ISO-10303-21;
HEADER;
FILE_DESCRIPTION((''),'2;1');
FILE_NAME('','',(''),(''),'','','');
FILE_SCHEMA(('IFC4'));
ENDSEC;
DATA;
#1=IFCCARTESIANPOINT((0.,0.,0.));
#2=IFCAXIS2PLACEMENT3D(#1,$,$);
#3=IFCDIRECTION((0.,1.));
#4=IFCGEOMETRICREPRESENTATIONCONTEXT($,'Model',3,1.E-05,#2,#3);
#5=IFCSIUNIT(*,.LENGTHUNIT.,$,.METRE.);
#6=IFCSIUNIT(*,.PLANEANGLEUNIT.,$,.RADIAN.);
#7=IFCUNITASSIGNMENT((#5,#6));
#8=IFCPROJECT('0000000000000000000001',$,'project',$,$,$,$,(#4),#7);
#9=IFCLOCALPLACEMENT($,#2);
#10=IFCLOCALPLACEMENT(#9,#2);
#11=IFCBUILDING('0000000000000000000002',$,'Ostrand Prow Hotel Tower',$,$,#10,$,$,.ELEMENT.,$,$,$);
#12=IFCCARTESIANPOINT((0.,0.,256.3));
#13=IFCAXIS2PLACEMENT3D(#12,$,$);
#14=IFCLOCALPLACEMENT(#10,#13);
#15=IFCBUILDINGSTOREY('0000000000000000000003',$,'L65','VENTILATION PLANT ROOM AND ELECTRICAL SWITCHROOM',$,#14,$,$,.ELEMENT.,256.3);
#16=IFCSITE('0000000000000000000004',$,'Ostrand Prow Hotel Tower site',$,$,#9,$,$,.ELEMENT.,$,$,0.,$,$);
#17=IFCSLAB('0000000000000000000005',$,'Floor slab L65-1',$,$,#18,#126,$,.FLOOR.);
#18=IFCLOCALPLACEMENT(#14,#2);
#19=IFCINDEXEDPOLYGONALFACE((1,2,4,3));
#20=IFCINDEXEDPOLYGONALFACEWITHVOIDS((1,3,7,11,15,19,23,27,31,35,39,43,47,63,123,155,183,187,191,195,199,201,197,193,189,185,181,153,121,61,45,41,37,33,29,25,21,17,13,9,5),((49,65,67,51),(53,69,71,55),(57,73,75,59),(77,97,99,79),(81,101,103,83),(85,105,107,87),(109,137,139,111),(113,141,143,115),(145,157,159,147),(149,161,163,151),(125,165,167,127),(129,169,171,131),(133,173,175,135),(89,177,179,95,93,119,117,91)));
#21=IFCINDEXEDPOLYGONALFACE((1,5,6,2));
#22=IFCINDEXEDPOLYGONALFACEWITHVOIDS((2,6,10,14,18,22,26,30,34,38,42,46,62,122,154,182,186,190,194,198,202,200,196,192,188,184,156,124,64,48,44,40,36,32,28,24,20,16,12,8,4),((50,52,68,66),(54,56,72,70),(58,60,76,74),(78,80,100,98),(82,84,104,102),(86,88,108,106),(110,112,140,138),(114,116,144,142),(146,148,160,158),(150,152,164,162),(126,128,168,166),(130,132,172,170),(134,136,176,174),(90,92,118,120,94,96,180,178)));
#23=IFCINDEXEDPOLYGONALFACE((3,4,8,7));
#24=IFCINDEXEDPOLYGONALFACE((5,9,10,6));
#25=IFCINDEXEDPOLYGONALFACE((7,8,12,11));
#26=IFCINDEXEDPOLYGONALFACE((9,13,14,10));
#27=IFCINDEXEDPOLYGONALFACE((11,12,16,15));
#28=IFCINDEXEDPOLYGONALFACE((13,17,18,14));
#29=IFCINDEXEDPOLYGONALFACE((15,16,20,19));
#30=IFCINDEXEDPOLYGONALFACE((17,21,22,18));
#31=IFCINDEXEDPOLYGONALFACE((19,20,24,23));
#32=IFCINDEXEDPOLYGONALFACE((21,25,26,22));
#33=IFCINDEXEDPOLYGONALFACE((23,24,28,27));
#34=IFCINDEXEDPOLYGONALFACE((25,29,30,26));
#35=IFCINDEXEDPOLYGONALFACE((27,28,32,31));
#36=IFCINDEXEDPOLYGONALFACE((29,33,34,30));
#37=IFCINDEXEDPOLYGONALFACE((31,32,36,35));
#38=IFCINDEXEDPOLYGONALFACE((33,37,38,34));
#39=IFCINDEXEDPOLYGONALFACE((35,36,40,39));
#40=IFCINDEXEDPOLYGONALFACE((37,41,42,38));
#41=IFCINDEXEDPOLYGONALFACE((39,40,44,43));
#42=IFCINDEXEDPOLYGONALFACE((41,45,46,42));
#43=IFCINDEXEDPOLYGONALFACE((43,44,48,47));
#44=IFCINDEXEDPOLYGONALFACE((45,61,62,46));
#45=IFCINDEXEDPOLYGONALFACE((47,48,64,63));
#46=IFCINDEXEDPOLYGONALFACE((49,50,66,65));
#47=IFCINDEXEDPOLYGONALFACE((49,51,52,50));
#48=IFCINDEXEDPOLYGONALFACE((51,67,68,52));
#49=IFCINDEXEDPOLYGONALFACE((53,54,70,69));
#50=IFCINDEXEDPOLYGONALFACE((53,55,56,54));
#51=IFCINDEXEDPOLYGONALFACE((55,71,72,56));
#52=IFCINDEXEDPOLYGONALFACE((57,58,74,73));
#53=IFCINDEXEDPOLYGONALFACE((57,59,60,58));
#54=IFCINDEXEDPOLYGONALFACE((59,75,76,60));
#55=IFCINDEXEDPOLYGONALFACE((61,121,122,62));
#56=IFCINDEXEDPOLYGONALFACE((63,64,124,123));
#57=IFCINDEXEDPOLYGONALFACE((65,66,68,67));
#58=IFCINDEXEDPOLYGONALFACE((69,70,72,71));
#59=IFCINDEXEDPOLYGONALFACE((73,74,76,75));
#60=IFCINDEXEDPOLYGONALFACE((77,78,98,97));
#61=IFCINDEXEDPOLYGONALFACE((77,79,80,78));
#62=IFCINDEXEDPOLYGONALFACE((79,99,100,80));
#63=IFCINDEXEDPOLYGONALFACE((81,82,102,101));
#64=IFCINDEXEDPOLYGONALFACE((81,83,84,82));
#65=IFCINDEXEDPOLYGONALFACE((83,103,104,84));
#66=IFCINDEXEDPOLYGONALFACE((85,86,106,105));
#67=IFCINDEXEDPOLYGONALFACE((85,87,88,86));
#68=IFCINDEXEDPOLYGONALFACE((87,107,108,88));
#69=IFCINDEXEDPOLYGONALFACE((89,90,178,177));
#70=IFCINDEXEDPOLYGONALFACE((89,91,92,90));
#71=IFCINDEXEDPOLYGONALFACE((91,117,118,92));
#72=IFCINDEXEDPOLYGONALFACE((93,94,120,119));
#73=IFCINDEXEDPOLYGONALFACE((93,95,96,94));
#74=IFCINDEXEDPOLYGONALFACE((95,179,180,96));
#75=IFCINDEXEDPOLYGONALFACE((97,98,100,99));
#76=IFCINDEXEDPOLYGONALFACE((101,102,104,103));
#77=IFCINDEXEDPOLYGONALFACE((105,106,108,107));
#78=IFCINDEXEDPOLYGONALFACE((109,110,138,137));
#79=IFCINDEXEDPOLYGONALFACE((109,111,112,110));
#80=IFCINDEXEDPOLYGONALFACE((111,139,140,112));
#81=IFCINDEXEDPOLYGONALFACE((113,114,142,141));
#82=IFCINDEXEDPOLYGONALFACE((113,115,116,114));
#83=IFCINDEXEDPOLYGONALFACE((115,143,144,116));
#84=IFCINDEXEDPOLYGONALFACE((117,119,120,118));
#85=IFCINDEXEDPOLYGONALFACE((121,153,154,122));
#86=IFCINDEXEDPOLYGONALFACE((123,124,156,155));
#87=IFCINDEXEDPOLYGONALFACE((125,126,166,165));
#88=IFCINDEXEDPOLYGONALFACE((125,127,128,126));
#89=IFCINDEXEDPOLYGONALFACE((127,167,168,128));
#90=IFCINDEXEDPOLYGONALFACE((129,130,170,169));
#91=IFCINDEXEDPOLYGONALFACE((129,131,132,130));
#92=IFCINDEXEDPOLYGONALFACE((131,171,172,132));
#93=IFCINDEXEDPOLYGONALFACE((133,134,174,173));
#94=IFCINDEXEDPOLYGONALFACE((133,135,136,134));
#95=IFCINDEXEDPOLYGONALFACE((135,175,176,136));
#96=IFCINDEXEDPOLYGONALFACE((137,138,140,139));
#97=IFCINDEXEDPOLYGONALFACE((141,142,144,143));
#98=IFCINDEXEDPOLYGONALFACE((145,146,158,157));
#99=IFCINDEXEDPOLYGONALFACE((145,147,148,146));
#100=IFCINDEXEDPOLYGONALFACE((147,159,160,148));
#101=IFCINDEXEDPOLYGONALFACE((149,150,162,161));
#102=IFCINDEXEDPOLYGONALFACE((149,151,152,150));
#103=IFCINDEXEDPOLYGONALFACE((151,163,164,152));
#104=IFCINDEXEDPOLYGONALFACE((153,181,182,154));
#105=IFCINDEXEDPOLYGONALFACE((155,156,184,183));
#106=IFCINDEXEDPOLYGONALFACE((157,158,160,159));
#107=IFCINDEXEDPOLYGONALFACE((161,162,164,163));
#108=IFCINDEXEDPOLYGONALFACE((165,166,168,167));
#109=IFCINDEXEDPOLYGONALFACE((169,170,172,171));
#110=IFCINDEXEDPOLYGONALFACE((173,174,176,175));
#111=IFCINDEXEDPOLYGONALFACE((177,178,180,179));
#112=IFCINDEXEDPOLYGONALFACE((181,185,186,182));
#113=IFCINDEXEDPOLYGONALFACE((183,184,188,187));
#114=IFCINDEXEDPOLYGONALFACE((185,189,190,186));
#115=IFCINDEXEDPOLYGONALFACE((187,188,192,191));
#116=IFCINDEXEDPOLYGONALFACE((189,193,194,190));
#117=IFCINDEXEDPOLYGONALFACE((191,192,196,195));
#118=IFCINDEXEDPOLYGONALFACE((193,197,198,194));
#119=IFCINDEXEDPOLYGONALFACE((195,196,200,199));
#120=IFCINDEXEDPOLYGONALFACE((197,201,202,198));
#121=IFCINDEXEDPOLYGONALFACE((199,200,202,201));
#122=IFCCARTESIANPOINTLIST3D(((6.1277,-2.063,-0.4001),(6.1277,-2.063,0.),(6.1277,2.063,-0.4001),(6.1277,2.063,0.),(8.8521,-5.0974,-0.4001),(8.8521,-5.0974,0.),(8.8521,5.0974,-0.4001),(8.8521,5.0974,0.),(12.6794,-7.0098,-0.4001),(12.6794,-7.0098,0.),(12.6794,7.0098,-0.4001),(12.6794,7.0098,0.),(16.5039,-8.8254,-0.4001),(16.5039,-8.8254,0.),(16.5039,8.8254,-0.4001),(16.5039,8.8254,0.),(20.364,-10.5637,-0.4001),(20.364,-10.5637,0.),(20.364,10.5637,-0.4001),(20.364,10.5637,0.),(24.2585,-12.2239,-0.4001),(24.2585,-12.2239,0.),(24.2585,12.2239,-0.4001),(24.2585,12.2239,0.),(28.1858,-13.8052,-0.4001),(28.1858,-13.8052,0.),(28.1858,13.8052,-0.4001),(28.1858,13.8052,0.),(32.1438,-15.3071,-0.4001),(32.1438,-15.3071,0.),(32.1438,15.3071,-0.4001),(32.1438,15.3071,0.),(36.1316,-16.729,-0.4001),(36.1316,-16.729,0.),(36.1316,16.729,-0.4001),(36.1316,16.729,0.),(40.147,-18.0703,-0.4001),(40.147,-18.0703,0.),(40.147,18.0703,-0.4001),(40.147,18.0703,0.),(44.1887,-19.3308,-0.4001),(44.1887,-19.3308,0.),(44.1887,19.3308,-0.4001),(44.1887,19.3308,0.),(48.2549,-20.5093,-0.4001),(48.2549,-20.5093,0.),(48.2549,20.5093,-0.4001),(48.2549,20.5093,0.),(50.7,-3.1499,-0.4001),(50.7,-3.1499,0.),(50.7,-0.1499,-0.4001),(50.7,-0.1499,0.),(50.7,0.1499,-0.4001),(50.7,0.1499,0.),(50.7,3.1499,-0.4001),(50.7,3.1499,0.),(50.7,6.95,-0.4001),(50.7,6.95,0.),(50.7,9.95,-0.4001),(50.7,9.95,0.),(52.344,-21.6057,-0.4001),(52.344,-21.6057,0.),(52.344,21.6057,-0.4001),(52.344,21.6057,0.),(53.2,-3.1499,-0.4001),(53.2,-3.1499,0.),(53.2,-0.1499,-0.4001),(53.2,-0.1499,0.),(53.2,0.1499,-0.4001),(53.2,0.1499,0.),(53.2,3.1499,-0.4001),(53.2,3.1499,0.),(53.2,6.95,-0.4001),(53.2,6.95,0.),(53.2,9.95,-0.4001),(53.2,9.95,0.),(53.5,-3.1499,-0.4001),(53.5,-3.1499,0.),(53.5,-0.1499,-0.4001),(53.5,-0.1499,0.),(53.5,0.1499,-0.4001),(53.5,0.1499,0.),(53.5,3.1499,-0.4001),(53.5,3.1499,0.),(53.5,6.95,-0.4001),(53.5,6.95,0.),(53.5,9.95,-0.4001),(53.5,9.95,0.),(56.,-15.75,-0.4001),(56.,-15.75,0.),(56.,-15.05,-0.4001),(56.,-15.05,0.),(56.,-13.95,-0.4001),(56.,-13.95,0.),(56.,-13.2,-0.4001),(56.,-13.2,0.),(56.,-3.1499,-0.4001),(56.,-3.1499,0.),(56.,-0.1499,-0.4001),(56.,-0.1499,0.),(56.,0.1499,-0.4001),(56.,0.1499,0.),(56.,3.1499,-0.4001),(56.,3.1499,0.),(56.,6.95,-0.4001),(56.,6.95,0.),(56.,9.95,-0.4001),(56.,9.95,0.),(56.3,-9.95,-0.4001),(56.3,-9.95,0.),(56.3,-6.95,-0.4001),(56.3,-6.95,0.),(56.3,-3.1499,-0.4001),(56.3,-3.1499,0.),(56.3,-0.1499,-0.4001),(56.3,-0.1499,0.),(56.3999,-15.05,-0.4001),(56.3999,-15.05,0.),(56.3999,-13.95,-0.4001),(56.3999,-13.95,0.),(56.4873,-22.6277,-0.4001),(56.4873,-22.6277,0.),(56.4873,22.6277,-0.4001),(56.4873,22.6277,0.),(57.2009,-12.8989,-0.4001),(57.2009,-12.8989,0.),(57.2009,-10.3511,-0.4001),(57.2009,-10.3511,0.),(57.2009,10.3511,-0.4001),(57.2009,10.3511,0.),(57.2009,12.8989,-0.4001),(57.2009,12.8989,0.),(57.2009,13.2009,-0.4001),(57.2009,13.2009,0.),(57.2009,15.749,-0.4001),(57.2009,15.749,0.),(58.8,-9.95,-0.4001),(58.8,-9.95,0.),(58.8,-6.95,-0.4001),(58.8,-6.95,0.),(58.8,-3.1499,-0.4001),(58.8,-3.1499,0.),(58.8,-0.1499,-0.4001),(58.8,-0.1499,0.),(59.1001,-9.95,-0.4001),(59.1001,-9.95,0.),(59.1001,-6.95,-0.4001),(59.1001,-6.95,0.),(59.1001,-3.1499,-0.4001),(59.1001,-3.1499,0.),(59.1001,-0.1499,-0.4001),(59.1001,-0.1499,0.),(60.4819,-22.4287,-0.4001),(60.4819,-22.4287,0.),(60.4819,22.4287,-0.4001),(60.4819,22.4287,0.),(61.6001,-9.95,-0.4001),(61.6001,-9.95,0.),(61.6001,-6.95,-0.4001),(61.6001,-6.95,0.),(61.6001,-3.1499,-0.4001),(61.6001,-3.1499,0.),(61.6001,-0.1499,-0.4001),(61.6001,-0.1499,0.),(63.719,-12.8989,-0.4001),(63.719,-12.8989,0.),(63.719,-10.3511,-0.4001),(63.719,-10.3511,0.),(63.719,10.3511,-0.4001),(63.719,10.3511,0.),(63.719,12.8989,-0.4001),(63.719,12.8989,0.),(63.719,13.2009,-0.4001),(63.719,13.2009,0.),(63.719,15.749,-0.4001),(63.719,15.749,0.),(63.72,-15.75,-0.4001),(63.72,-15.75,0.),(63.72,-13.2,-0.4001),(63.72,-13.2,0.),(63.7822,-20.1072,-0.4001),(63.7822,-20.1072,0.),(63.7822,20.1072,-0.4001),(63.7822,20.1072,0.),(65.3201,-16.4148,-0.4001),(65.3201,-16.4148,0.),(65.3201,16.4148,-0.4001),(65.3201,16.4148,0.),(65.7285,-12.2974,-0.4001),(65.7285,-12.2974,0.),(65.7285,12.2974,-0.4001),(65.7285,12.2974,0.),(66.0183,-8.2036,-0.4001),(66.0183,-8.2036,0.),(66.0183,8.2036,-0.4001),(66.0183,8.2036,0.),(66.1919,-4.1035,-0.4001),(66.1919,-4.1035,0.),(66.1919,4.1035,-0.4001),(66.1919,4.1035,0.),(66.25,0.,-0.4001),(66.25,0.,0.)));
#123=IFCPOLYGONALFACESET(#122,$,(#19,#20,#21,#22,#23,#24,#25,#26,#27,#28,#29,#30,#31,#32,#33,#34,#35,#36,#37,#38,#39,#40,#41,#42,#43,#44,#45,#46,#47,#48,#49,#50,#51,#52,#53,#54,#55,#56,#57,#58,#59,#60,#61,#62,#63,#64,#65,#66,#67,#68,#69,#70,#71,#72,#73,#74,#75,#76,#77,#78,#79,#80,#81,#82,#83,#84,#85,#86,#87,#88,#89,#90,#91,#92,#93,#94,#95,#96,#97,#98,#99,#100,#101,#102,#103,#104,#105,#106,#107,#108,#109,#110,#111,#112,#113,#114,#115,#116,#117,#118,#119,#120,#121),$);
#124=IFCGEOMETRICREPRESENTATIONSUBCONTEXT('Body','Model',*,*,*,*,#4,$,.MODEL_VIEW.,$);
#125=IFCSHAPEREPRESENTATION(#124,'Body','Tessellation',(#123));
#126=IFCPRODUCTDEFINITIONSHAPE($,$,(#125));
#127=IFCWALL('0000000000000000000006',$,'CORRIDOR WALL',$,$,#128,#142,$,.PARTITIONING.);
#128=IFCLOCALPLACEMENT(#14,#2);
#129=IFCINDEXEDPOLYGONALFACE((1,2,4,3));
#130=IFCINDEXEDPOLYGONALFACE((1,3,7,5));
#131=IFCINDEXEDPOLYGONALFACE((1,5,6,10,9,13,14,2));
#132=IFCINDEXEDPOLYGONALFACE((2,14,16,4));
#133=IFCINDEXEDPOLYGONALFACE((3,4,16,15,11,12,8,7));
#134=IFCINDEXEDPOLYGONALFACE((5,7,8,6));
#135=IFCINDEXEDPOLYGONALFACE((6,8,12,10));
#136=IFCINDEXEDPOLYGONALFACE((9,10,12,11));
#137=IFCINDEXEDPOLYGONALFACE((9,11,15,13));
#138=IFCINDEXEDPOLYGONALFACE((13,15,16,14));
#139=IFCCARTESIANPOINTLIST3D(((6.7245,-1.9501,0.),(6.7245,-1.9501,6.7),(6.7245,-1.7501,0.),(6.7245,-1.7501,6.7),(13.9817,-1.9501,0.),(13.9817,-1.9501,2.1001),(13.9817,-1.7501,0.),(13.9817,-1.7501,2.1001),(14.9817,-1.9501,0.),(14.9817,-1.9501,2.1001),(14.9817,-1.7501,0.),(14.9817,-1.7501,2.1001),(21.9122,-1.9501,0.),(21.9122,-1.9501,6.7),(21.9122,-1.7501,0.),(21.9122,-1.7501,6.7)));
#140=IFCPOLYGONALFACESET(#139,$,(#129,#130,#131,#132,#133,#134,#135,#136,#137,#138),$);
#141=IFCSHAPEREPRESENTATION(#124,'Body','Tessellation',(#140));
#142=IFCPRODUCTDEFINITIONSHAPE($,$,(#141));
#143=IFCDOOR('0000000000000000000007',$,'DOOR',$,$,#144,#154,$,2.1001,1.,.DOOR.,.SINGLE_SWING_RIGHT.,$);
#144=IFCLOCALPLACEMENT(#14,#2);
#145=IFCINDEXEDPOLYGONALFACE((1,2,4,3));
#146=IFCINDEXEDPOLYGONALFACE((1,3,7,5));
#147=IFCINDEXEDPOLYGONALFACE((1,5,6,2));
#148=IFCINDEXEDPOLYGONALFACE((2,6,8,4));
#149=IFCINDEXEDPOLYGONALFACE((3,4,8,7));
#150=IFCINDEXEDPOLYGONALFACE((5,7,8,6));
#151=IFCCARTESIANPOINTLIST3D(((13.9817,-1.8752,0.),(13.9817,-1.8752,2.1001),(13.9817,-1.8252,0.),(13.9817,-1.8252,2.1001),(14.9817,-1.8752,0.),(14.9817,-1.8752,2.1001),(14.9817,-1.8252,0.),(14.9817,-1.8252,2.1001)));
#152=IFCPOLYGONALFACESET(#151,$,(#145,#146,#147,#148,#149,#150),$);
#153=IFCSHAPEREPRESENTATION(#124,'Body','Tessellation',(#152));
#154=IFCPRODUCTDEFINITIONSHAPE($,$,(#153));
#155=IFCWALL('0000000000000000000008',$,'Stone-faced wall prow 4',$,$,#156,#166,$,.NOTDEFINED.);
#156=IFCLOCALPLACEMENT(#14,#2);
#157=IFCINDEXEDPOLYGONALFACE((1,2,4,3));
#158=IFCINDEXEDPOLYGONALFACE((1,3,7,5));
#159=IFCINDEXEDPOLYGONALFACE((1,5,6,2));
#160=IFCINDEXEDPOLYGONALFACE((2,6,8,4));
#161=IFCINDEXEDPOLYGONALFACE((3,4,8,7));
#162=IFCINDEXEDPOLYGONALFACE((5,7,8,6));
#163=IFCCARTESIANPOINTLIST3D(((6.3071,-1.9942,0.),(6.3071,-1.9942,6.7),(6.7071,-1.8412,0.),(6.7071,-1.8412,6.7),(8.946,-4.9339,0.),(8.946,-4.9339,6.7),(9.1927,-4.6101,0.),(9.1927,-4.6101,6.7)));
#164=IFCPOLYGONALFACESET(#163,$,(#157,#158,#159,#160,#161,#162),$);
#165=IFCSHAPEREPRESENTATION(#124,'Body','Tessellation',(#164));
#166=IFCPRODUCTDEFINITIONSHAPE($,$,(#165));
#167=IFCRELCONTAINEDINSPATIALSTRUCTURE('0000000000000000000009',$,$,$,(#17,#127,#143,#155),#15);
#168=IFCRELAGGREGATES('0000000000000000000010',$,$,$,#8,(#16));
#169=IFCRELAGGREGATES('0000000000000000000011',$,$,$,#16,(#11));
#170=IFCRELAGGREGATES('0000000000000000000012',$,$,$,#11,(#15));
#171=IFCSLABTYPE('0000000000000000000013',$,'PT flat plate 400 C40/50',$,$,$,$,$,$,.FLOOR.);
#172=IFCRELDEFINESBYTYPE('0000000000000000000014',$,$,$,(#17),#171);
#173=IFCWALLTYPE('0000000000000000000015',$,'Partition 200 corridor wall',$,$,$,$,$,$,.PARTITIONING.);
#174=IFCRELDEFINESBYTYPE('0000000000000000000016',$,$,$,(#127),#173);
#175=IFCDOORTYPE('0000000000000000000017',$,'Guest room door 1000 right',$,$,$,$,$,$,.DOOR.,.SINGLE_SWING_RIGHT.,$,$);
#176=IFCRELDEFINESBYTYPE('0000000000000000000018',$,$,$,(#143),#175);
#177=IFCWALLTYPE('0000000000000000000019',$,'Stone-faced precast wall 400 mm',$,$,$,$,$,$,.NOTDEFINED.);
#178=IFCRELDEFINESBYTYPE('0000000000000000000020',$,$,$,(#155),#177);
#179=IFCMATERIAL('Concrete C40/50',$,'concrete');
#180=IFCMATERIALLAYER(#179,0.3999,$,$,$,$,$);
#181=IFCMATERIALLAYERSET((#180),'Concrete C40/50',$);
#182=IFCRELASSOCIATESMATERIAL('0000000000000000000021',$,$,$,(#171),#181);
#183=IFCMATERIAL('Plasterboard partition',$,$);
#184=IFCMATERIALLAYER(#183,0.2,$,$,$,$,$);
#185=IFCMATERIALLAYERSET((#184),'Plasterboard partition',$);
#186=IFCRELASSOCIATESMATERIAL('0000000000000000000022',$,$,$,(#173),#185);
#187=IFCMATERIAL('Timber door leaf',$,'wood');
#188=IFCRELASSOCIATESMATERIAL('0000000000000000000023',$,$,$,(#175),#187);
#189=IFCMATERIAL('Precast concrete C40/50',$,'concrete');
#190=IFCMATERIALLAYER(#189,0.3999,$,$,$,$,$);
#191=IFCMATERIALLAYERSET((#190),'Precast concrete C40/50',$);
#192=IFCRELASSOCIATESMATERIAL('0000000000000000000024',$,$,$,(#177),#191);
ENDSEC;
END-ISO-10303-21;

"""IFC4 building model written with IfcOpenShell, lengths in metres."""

from ifc_helpers import new_model, si_unit, direction, frame, frame_2d, origin, place, context, subcontext, project, spatial, polyline, rectangle, outline, extrude, material, layer, layer_set, type_object, element, fill, save


model = new_model("IFC4")

# Units and contexts
model_context = context("Model", 3, precision=1e-05, world=origin(), true_north=direction((0.0, 1.0)))
body_context = subcontext(model_context, "Body", "Model", "MODEL_VIEW")
ifc_project = project(units=[si_unit("LENGTHUNIT", "METRE"), si_unit("PLANEANGLEUNIT", "RADIAN")], contexts=[model_context])

# Site, building, storey
site_placement = place(None, origin())
site = spatial("IfcSite", under=ifc_project, at=site_placement, Name="Ostrand Prow Hotel Tower site", CompositionType="ELEMENT", RefElevation=0.0)
building_placement = place(site_placement, origin())
building = spatial("IfcBuilding", under=site, at=building_placement, Name="Ostrand Prow Hotel Tower", CompositionType="ELEMENT")
storey_placement = place(building_placement, frame((0.0, 0.0, 256.3)))
storey = spatial("IfcBuildingStorey", under=building, at=storey_placement, Name="L65", Description="VENTILATION PLANT ROOM AND ELECTRICAL SWITCHROOM", CompositionType="ELEMENT", Elevation=256.3)

# Slab, opening
ifc_material_1 = material(Name="Concrete C40/50", Category="concrete")
ifc_layer_1 = layer(ifc_material_1, 0.3999)
ifc_layer_set_1 = layer_set([ifc_layer_1], Name="Concrete C40/50")
slab_type = type_object("IfcSlabType", Name="PT flat plate 400 C40/50", PredefinedType="FLOOR", material=ifc_layer_set_1)
slab_placement = place(storey_placement, frame((0.0, 0.0, -0.4001)))
slab = element("IfcSlab", 1, at=slab_placement, inside=storey, type_object=slab_type, Name="Floor slab L65-1", PredefinedType="FLOOR", context=body_context, shape_type="SweptSolid", body=[
    extrude(outline(polyline([(8.8521, 5.0974), (12.6794, 7.0098), (16.5039, 8.8254), (20.364, 10.5637), (24.2585, 12.2239), (28.1858, 13.8052), (32.1438, 15.3071), (36.1316, 16.729), (40.147, 18.0703), (44.1887, 19.3308), (48.2549, 20.5093), (52.344, 21.6057), (56.4873, 22.6277), (60.4819, 22.4287), (63.7822, 20.1072), (65.3201, 16.4148), (65.7285, 12.2974), (66.0183, 8.2036), (66.1919, 4.1035), (66.25, 0.0), (66.1919, -4.1035), (66.0183, -8.2036), (65.7285, -12.2974), (65.3201, -16.4148), (63.7822, -20.1072), (60.4819, -22.4287), (56.4873, -22.6277), (52.344, -21.6057), (48.2549, -20.5093), (44.1887, -19.3308), (40.147, -18.0703), (36.1316, -16.729), (32.1438, -15.3071), (28.1858, -13.8052), (24.2585, -12.2239), (20.364, -10.5637), (16.5039, -8.8254), (12.6794, -7.0098), (8.8521, -5.0974), (6.1277, -2.063), (6.1277, 2.063), (8.8521, 5.0974)]), holes=[polyline([(50.7, 6.95), (53.2, 6.95), (53.2, 9.95), (50.7, 9.95), (50.7, 6.95)]), polyline([(53.5, 6.95), (56.0, 6.95), (56.0, 9.95), (53.5, 9.95), (53.5, 6.95)]), polyline([(50.7, 0.1499), (53.2, 0.1499), (53.2, 3.1499), (50.7, 3.1499), (50.7, 0.1499)]), polyline([(53.5, 0.1499), (56.0, 0.1499), (56.0, 3.1499), (53.5, 3.1499), (53.5, 0.1499)]), polyline([(50.7, -3.1499), (53.2, -3.1499), (53.2, -0.1499), (50.7, -0.1499), (50.7, -3.1499)]), polyline([(53.5, -3.1499), (56.0, -3.1499), (56.0, -0.1499), (53.5, -0.1499), (53.5, -3.1499)]), polyline([(56.3, -3.1499), (58.8, -3.1499), (58.8, -0.1499), (56.3, -0.1499), (56.3, -3.1499)]), polyline([(59.1001, -3.1499), (61.6001, -3.1499), (61.6001, -0.1499), (59.1001, -0.1499), (59.1001, -3.1499)]), polyline([(56.3, -9.95), (58.8, -9.95), (58.8, -6.95), (56.3, -6.95), (56.3, -9.95)]), polyline([(59.1001, -9.95), (61.6001, -9.95), (61.6001, -6.95), (59.1001, -6.95), (59.1001, -9.95)]), polyline([(57.2009, 10.3511), (57.2009, 12.8989), (63.719, 12.8989), (63.719, 10.3511), (57.2009, 10.3511)]), polyline([(57.2009, 13.2009), (57.2009, 15.749), (63.719, 15.749), (63.719, 13.2009), (57.2009, 13.2009)]), polyline([(57.2009, -12.8989), (57.2009, -10.3511), (63.719, -10.3511), (63.719, -12.8989), (57.2009, -12.8989)]), polyline([(56.0, -13.95), (56.0, -13.2), (63.72, -13.2), (63.72, -15.75), (56.0, -15.75), (56.0, -15.05), (56.3999, -15.05), (56.3999, -13.95), (56.0, -13.95)])]), origin(), (0.0, 0.0, 1.0), 0.4001),
])
opening_1_placement = place(slab_placement, origin())
element("IfcOpeningElement", 2, at=opening_1_placement, cuts=slab, PredefinedType="OPENING", context=body_context, shape_type="SweptSolid", body=[
    extrude(outline(polyline([(56.0, -13.95), (56.0, -13.2), (63.72, -13.2), (63.72, -15.75), (56.0, -15.75), (56.0, -15.05), (56.3999, -15.05), (56.3999, -13.95), (56.0, -13.95)])), origin(), (0.0, 0.0, 1.0), 0.4001),
])

# Wall, opening, door
ifc_material_2 = material(Name="Plasterboard partition")
ifc_layer_2 = layer(ifc_material_2, 0.2)
ifc_layer_set_2 = layer_set([ifc_layer_2], Name="Plasterboard partition")
wall_type_1 = type_object("IfcWallType", Name="Partition 200 corridor wall", PredefinedType="PARTITIONING", material=ifc_layer_set_2)
wall_1_placement = place(storey_placement, frame((6.7246, -1.8501, 0.0), z_axis=(0.0, 0.0, 1.0), x_axis=(1.0, 0.0, 0.0)))
wall_1 = element("IfcWall", 3, at=wall_1_placement, inside=storey, type_object=wall_type_1, Name="CORRIDOR WALL", PredefinedType="PARTITIONING", context=body_context, shape_type="SweptSolid", body=[
    extrude(rectangle(XDim=15.1877, YDim=0.2, at=frame_2d((7.5938, 0.0))), origin(), (0.0, 0.0, 1.0), 6.7),
])
opening_2_placement = place(wall_1_placement, frame((7.2571, 0.0, 0.0)))
opening_2 = element("IfcOpeningElement", 4, at=opening_2_placement, cuts=wall_1, PredefinedType="OPENING", context=body_context, shape_type="SweptSolid", body=[
    extrude(rectangle(XDim=1.0, YDim=2.1001, at=frame_2d((0.5, 1.05))), frame((0.0, 0.1099, 0.0), z_axis=(0.0, -1.0, 0.0), x_axis=(1.0, 0.0, 0.0)), (0.0, 0.0, 1.0), 0.22),
])
ifc_material_3 = material(Name="Timber door leaf", Category="wood")
door_type = type_object("IfcDoorType", Name="Guest room door 1000 right", OperationType="SINGLE_SWING_RIGHT", PredefinedType="DOOR", material=ifc_material_3)
door_placement = place(opening_2_placement, origin())
door = element("IfcDoor", 5, at=door_placement, inside=storey, type_object=door_type, Name="DOOR", OperationType="SINGLE_SWING_RIGHT", OverallHeight=2.1001, OverallWidth=1.0, PredefinedType="DOOR", context=body_context, shape_type="SweptSolid", body=[
    extrude(rectangle(XDim=1.0, YDim=2.1001, at=frame_2d((0.5, 1.05))), frame((0.0, 0.0249, 0.0), z_axis=(0.0, -1.0, 0.0), x_axis=(1.0, 0.0, 0.0)), (0.0, 0.0, 1.0), 0.05),
])
fill(opening_2, door)

# Wall
ifc_material_4 = material(Name="Precast concrete C40/50", Category="concrete")
ifc_layer_3 = layer(ifc_material_4, 0.3999)
ifc_layer_set_3 = layer_set([ifc_layer_3], Name="Precast concrete C40/50")
wall_type_2 = type_object("IfcWallType", Name="Stone-faced precast wall 400 mm", PredefinedType="NOTDEFINED", material=ifc_layer_set_3)
wall_2_placement = place(storey_placement, frame((6.5071, -1.9177, 0.0), z_axis=(0.0, 0.0, 1.0), x_axis=(0.668018, -0.744145, 0.0)))
element("IfcWall", 6, at=wall_2_placement, inside=storey, type_object=wall_type_2, Name="Stone-faced wall prow 4", PredefinedType="NOTDEFINED", context=body_context, shape_type="SweptSolid", body=[
    extrude(outline(polyline([(-0.0767, -0.2), (3.8738, -0.2), (3.7976, 0.2), (0.0767, 0.2), (-0.0767, -0.2)])), origin(), (0.0, 0.0, 1.0), 6.7),
])

save(model, "model.ifc")
